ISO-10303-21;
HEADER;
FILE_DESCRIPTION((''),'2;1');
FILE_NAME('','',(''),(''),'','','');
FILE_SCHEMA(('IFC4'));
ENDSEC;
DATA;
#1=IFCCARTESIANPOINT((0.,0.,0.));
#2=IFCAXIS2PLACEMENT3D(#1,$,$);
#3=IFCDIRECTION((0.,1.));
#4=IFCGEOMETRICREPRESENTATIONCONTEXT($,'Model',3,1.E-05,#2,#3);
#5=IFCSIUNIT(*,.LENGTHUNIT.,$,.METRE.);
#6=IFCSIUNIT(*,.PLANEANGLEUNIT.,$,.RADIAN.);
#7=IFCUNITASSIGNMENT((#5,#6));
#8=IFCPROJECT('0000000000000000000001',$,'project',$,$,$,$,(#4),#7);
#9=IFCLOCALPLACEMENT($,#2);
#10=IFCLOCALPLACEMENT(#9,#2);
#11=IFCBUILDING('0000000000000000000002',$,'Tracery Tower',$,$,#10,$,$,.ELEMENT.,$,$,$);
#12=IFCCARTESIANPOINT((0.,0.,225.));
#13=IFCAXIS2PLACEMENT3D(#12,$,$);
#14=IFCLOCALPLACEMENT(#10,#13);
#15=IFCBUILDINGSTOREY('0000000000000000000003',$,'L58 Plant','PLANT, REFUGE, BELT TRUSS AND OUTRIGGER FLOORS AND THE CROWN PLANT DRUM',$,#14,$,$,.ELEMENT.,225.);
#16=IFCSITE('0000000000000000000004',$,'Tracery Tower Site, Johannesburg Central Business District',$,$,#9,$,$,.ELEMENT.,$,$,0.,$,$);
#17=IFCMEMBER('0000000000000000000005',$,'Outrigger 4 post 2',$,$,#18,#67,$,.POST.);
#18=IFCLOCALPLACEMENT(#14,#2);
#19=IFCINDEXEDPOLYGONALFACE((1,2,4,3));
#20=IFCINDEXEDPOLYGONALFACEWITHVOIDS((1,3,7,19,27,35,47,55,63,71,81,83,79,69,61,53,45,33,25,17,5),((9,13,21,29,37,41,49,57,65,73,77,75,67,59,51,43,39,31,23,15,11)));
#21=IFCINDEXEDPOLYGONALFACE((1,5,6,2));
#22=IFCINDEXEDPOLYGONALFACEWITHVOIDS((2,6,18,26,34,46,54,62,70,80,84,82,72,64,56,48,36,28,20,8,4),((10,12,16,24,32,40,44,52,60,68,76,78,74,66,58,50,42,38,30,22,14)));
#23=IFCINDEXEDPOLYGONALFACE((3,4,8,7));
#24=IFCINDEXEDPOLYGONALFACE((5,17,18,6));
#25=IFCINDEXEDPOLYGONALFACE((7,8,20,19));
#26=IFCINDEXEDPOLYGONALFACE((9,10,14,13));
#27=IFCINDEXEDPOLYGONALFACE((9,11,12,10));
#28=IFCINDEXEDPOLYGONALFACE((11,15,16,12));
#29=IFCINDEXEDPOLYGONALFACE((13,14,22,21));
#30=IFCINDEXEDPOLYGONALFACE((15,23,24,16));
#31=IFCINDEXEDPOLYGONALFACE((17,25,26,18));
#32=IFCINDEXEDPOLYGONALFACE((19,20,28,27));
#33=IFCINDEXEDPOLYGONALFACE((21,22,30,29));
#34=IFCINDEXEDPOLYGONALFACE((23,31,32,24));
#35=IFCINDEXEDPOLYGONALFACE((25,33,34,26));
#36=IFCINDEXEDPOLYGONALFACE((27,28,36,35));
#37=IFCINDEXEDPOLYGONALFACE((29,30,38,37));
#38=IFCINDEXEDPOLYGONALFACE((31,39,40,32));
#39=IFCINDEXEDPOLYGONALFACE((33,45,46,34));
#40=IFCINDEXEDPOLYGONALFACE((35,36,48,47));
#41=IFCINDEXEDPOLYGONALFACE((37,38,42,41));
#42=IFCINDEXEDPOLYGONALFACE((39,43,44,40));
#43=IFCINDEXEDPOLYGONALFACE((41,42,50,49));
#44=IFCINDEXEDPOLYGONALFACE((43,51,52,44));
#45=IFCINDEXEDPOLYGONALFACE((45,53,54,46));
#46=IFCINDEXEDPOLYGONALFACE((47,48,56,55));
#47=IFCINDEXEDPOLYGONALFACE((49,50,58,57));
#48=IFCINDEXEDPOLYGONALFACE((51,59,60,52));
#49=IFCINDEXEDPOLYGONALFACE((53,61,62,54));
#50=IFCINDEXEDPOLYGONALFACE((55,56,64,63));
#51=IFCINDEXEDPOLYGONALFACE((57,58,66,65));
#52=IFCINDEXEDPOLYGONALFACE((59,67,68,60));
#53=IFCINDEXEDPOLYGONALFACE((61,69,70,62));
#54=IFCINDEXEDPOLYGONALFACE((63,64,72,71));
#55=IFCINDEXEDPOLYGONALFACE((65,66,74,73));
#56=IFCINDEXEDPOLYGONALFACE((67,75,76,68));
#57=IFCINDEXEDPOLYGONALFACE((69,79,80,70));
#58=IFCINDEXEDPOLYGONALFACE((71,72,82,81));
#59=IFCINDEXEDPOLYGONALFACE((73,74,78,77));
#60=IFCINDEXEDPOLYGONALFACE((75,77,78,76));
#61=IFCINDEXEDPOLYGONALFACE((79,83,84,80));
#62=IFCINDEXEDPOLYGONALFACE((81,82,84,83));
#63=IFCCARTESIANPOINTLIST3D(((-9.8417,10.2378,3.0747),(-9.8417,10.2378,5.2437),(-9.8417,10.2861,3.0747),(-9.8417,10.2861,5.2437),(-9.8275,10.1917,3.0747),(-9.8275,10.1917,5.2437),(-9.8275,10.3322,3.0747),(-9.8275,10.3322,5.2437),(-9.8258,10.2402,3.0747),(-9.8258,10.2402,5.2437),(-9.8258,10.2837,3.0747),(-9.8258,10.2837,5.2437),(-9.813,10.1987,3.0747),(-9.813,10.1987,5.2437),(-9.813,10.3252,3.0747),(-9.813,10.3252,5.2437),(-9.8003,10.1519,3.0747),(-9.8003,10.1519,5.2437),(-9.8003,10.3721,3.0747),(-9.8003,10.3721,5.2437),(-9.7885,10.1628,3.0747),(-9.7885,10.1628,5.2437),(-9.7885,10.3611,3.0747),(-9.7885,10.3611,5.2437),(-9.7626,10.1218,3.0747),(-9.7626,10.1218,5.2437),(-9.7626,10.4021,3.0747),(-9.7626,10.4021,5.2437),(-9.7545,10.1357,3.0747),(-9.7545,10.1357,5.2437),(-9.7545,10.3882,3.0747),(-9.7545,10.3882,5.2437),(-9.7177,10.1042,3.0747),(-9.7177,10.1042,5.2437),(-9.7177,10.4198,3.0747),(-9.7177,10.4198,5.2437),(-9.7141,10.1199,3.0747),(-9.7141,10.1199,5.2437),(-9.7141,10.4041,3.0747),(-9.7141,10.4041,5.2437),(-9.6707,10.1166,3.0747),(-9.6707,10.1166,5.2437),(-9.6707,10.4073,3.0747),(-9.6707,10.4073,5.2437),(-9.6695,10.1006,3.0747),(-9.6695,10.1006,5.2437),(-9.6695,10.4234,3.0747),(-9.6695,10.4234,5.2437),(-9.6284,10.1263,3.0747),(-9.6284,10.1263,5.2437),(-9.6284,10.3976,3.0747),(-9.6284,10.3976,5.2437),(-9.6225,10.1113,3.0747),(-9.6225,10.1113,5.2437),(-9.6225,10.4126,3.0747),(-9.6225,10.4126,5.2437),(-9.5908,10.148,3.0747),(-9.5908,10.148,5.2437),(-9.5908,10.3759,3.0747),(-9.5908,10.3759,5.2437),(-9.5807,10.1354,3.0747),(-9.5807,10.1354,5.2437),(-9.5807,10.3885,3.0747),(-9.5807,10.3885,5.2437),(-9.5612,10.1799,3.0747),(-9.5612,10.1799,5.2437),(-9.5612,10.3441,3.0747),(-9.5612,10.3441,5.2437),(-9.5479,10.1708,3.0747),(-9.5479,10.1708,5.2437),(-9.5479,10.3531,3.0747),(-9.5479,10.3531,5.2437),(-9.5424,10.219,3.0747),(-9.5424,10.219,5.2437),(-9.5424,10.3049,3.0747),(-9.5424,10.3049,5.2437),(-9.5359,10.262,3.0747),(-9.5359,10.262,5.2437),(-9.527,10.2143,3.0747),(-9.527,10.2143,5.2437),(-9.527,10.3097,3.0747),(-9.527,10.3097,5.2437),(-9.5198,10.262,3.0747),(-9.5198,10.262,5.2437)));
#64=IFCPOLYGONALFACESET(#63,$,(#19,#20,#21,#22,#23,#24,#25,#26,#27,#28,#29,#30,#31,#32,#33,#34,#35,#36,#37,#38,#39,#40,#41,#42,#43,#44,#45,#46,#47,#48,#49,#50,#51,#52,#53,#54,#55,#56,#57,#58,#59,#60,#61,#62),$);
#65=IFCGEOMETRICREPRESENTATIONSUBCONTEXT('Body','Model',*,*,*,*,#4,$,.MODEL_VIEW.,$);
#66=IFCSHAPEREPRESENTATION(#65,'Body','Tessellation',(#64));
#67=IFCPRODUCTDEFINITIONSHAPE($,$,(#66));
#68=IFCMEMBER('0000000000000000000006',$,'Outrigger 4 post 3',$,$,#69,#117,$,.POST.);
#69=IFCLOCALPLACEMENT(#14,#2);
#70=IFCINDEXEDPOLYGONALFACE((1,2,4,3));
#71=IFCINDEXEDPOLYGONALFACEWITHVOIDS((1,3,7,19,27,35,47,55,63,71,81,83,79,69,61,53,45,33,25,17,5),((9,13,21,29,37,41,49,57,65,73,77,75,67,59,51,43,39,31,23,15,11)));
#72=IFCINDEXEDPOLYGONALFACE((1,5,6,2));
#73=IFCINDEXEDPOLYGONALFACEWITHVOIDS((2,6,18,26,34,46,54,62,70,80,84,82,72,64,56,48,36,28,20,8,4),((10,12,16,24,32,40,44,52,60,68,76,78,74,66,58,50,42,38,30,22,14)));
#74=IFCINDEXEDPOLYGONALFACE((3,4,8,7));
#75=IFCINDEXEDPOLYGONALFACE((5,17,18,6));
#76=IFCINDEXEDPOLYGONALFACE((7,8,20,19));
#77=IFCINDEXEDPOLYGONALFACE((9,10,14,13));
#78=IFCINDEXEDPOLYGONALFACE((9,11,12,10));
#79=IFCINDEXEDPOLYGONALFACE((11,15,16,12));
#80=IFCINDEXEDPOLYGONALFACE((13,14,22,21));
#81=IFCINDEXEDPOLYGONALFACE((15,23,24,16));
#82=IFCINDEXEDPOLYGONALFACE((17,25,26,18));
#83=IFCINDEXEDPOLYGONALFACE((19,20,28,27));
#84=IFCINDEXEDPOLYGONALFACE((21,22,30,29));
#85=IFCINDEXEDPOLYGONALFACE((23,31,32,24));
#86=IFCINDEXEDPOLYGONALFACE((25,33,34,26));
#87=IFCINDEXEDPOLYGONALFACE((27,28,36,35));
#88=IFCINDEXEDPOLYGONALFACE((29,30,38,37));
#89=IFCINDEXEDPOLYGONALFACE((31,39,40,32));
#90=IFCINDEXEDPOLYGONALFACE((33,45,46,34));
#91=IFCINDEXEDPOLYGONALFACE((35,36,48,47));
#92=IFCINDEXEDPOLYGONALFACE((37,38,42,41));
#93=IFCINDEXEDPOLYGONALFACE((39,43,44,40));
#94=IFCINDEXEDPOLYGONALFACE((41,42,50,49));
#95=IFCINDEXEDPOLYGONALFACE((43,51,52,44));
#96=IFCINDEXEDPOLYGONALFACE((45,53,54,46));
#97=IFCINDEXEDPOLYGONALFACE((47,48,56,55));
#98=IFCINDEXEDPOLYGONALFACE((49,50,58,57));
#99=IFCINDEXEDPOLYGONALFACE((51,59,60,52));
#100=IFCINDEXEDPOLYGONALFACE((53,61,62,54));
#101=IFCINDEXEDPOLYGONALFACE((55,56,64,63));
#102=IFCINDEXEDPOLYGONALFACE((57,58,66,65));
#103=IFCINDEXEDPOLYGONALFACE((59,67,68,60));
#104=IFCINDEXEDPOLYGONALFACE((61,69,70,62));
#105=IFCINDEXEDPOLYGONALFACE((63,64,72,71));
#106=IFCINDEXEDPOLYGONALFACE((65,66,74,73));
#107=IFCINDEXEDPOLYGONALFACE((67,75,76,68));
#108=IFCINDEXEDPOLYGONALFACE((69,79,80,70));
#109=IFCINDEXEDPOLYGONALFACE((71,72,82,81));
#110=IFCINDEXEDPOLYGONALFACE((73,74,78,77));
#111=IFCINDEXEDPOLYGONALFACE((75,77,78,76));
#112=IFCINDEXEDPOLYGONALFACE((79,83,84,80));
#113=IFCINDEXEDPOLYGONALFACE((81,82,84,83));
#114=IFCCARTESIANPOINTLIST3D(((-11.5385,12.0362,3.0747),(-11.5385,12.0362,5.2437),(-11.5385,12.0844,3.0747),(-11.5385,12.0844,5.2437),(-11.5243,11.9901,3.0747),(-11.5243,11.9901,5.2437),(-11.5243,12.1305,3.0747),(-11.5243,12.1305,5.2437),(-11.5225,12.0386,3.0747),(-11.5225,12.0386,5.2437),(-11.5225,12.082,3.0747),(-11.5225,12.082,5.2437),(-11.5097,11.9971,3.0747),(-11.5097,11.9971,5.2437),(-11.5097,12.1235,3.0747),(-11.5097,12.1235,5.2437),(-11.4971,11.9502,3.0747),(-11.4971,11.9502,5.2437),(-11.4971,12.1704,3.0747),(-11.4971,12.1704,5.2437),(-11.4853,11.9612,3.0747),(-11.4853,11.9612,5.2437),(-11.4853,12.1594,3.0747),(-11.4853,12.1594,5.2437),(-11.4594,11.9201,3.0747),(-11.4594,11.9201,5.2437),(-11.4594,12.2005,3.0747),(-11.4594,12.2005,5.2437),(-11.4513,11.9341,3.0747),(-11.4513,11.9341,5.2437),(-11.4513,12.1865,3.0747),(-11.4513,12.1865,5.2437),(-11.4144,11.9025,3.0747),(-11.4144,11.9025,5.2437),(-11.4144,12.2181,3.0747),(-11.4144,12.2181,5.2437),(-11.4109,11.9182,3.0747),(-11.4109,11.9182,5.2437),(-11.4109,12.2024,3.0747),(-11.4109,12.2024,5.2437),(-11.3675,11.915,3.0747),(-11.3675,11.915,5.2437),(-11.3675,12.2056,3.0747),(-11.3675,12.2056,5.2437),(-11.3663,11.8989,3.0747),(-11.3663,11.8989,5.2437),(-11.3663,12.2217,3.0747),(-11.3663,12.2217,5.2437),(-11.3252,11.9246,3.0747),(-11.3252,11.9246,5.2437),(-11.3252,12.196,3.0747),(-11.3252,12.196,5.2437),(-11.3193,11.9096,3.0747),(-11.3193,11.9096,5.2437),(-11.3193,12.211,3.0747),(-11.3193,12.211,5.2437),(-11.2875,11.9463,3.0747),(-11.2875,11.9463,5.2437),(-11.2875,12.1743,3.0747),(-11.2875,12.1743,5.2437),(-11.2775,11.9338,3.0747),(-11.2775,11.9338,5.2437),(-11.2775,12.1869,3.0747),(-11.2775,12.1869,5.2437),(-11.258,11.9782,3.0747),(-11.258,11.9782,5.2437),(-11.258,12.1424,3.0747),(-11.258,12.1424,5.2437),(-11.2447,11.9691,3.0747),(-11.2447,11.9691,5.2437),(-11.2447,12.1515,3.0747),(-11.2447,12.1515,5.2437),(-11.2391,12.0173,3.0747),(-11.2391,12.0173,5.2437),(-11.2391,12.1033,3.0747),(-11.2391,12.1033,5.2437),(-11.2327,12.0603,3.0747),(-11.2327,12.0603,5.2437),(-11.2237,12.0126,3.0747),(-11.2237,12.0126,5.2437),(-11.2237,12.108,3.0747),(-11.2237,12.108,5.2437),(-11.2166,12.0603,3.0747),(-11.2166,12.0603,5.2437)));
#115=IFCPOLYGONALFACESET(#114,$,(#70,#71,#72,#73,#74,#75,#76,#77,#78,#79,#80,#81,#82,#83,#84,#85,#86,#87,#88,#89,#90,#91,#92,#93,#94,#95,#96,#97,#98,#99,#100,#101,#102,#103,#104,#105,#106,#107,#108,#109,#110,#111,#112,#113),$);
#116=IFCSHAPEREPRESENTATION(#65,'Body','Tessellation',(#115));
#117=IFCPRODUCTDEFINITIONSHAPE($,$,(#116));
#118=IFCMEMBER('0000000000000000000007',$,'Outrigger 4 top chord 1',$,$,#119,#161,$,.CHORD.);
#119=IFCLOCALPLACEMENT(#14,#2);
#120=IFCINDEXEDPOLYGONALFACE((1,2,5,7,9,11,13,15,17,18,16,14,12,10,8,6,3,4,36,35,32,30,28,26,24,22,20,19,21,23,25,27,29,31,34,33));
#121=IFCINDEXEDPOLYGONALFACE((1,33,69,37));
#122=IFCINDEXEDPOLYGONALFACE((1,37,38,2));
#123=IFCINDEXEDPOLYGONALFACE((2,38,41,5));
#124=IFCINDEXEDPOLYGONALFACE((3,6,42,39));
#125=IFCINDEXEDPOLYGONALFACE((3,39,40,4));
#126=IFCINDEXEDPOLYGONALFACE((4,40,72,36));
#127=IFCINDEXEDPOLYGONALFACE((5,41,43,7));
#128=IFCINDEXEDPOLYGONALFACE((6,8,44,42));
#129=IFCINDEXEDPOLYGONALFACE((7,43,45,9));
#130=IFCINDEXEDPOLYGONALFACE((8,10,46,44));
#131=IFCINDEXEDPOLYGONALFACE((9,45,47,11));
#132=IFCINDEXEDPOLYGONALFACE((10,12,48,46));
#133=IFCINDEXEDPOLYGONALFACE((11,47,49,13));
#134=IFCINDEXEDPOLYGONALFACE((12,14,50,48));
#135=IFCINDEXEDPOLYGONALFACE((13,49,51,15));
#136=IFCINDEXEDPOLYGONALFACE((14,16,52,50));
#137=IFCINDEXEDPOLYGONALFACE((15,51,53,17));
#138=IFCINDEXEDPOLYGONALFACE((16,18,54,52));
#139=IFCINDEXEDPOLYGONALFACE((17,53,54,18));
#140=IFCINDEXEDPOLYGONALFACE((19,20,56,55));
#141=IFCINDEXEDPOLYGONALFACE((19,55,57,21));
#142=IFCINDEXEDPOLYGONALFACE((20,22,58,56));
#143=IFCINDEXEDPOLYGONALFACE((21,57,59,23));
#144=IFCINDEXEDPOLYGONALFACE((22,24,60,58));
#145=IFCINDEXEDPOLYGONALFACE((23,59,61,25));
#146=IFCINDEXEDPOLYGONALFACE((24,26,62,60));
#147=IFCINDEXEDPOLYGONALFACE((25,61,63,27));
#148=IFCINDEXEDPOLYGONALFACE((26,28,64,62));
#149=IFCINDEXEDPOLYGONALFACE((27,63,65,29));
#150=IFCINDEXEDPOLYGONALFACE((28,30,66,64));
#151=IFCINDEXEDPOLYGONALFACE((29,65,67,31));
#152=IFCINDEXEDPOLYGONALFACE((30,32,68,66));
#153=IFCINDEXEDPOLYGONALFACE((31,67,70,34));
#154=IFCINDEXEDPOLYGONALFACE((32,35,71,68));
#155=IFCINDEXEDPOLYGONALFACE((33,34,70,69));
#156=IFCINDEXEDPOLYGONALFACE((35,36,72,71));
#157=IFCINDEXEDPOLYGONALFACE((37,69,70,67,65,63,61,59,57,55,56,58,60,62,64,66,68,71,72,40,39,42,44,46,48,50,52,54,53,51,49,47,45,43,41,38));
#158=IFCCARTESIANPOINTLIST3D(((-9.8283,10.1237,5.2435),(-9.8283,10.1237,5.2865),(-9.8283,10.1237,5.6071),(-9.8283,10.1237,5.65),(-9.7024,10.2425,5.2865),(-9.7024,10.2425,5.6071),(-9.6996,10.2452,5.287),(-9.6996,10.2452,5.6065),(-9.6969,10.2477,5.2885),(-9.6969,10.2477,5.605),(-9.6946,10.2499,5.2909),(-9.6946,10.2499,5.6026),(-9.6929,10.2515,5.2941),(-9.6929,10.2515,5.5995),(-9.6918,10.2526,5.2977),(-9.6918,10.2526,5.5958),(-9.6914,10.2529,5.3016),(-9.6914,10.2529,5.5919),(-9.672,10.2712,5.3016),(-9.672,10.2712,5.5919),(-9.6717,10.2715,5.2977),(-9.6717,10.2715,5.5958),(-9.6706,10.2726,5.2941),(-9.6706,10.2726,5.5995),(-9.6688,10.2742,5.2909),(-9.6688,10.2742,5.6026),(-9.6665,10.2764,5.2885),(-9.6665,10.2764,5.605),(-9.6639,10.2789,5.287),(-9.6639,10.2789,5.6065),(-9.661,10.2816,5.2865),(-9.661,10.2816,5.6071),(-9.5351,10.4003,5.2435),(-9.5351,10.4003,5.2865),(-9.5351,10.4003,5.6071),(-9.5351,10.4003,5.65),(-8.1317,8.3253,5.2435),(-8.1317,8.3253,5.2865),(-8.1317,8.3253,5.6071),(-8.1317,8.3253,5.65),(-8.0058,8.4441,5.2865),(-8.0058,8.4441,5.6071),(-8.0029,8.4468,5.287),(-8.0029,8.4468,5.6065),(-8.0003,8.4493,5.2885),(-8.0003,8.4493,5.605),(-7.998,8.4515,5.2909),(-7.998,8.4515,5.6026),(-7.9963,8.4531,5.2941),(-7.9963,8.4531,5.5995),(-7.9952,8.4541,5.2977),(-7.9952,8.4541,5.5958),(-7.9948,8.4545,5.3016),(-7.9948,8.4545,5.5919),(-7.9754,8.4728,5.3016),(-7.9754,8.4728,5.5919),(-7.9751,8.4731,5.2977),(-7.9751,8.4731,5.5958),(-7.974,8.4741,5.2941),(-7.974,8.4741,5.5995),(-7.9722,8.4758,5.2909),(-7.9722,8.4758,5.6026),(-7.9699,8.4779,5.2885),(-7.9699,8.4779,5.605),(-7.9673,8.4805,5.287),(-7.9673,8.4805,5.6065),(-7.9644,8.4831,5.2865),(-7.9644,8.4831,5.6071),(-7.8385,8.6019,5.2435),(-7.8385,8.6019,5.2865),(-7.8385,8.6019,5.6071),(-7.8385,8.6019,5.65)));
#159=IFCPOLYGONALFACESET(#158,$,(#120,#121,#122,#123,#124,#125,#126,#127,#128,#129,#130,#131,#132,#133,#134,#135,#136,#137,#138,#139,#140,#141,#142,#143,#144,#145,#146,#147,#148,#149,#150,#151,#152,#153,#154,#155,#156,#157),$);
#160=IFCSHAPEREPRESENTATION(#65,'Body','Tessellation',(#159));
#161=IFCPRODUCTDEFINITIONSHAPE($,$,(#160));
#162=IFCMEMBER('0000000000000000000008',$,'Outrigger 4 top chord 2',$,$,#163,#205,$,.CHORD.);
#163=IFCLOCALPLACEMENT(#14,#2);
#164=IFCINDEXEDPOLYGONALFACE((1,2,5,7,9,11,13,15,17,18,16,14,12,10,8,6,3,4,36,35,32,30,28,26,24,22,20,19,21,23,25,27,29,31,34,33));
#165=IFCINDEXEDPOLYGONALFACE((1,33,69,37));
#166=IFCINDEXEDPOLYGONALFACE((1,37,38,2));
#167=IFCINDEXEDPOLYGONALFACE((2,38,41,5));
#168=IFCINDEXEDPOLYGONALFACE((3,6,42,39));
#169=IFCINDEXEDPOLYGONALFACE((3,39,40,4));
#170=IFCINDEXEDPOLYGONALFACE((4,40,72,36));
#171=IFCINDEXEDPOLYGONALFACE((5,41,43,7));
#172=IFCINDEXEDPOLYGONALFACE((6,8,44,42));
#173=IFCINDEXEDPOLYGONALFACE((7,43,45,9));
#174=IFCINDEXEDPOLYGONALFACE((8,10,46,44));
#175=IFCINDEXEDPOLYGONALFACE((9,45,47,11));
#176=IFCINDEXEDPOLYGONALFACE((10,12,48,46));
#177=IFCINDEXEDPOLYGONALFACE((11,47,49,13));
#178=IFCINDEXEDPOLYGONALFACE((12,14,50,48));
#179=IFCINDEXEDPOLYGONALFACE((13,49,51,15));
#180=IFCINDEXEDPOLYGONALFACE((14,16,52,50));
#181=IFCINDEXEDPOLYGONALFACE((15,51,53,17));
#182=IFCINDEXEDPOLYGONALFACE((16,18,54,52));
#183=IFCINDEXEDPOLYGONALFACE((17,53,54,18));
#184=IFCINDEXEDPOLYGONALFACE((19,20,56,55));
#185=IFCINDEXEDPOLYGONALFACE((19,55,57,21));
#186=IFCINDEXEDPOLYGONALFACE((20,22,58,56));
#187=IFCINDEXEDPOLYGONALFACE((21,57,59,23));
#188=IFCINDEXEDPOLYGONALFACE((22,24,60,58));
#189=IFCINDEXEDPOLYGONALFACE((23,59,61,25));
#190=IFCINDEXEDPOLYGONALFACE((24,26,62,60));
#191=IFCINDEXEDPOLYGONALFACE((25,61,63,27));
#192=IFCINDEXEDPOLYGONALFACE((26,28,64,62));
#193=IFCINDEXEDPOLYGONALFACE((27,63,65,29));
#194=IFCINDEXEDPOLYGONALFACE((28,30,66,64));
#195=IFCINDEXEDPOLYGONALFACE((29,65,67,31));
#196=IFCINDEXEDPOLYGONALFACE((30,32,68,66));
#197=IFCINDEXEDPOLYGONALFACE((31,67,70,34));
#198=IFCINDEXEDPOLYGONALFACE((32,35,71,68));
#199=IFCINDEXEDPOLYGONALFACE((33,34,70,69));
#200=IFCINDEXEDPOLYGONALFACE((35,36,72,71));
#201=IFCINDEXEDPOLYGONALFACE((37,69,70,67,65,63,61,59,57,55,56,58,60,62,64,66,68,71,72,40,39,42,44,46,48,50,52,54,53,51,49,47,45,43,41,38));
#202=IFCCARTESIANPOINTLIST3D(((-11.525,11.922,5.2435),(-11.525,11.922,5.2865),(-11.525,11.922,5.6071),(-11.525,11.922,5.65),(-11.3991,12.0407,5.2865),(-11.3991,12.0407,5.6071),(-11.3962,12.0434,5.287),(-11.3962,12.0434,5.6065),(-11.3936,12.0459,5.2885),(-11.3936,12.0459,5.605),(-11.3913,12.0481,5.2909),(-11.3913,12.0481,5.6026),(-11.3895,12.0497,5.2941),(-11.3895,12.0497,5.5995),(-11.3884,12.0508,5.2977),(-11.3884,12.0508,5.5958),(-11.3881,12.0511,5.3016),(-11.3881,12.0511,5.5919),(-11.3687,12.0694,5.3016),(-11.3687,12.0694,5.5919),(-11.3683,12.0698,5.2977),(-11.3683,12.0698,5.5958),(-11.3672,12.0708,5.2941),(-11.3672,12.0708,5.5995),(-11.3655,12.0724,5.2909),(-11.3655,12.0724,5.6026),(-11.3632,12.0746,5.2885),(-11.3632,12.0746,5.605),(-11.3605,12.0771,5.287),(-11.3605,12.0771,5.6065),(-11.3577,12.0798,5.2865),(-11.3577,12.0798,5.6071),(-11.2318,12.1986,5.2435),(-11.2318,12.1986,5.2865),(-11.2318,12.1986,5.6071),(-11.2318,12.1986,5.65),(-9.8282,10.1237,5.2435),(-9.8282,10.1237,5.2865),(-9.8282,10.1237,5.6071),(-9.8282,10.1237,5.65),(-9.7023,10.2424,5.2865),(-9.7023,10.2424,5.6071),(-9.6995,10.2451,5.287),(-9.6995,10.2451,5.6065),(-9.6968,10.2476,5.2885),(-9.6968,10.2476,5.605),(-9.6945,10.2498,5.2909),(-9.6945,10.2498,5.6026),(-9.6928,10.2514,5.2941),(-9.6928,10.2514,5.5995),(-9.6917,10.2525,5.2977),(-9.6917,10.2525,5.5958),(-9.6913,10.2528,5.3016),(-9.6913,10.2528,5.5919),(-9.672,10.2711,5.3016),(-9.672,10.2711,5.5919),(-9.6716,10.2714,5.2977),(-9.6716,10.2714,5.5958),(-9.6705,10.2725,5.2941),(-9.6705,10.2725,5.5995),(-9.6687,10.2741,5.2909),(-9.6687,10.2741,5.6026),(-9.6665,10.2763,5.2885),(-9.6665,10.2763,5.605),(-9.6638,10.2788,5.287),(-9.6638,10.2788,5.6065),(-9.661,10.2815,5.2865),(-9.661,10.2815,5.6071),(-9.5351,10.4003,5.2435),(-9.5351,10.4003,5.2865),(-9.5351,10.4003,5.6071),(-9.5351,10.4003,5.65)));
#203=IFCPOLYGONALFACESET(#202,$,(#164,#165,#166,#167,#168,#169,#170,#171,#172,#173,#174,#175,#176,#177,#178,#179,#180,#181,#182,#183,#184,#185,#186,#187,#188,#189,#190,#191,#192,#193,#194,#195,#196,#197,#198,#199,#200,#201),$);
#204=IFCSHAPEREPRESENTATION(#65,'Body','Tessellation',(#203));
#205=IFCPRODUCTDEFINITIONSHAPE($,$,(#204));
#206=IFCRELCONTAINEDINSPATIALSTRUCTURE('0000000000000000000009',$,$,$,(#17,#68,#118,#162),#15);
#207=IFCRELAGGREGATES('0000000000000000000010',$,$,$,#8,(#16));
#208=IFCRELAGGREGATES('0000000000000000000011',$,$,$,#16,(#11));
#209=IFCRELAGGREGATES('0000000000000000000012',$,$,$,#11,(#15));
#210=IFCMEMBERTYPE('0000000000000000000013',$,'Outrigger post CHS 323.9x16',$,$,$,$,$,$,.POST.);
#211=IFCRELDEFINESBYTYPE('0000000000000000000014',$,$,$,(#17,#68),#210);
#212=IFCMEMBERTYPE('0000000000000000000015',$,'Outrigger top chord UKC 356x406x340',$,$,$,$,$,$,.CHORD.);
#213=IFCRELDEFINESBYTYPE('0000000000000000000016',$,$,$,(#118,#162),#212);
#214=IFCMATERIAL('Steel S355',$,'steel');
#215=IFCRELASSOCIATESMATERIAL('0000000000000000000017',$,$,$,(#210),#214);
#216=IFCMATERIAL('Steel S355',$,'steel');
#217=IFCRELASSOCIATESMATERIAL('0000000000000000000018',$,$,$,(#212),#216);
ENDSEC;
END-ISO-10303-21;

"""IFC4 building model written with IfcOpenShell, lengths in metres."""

from ifc_helpers import new_model, si_unit, direction, frame, origin, origin_2d, place, context, subcontext, project, spatial, hollow_circle, i_section, extrude, material, material_profile, profile_set, type_object, element, save


model = new_model("IFC4")

# Units and contexts
model_context = context("Model", 3, precision=1e-05, world=origin(), true_north=direction((0.0, 1.0)))
body_context = subcontext(model_context, "Body", "Model", "MODEL_VIEW")
ifc_project = project(units=[si_unit("LENGTHUNIT", "METRE"), si_unit("PLANEANGLEUNIT", "RADIAN")], contexts=[model_context])

# Site, building, storey
site_placement = place(None, origin())
site = spatial("IfcSite", under=ifc_project, at=site_placement, Name="Tracery Tower Site, Johannesburg Central Business District", CompositionType="ELEMENT", RefElevation=0.0)
building_placement = place(site_placement, origin())
building = spatial("IfcBuilding", under=site, at=building_placement, Name="Tracery Tower", CompositionType="ELEMENT")
storey_placement = place(building_placement, frame((0.0, 0.0, 225.0)))
storey = spatial("IfcBuildingStorey", under=building, at=storey_placement, Name="L58 Plant", Description="PLANT, REFUGE, BELT TRUSS AND OUTRIGGER FLOORS AND THE CROWN PLANT DRUM", CompositionType="ELEMENT", Elevation=225.0)

# Members
ifc_material_1 = material(Name="Steel S355", Category="steel")
ifc_material_profile_1 = material_profile(ifc_material_1, hollow_circle(Radius=0.1619, WallThickness=0.0161, at=origin_2d()), Name="CHS 323.9x16")
ifc_profile_set_1 = profile_set([ifc_material_profile_1], Name="Steel S355")
member_type_1 = type_object("IfcMemberType", Name="Outrigger post CHS 323.9x16", PredefinedType="POST", material=ifc_profile_set_1)
for number, where, z_axis, x_axis, name in (
    (1, (-9.6816, 10.262, 3.0747), (0.0, 0.0, 1.0), (1.0, 0.0, 0.0), "Outrigger 4 post 2"),
    (2, (-11.3784, 12.0603, 3.0747), (0.0, 0.0, 1.0), (1.0, 0.0, 0.0), "Outrigger 4 post 3"),
):
    element("IfcMember", number, at=place(storey_placement, frame(where, z_axis=z_axis, x_axis=x_axis)), inside=storey, type_object=member_type_1, Name=name, PredefinedType="POST", context=body_context, shape_type="SweptSolid", body=[
        extrude(hollow_circle(Radius=0.1619, WallThickness=0.0161, at=origin_2d()), origin(), (0.0, 0.0, 1.0), 2.1689),
    ])
ifc_material_2 = material(Name="Steel S355", Category="steel")
ifc_material_profile_2 = material_profile(ifc_material_2, i_section(OverallWidth=0.4031, OverallDepth=0.4065, WebThickness=0.0266, FlangeThickness=0.043, FilletRadius=0.0151, at=origin_2d()), Name="UKC 356x406x340")
ifc_profile_set_2 = profile_set([ifc_material_profile_2], Name="Steel S355")
member_type_2 = type_object("IfcMemberType", Name="Outrigger top chord UKC 356x406x340", PredefinedType="CHORD", material=ifc_profile_set_2)
for number, where, z_axis, x_axis, name in (
    (3, (-7.9851, 8.4636, 5.4468), (-0.686217, 0.727396, 0.0), (-0.727396, -0.686217, 0.0), "Outrigger 4 top chord 1"),
    (4, (-9.6816, 10.262, 5.4468), (-0.68627, 0.727347, 0.0), (-0.727347, -0.68627, 0.0), "Outrigger 4 top chord 2"),
):
    element("IfcMember", number, at=place(storey_placement, frame(where, z_axis=z_axis, x_axis=x_axis)), inside=storey, type_object=member_type_2, Name=name, PredefinedType="CHORD", context=body_context, shape_type="SweptSolid", body=[
        extrude(i_section(OverallWidth=0.4031, OverallDepth=0.4065, WebThickness=0.0266, FlangeThickness=0.043, FilletRadius=0.0151, at=origin_2d()), origin(), (0.0, 0.0, 1.0), 2.4724),
    ])

save(model, "model.ifc")
